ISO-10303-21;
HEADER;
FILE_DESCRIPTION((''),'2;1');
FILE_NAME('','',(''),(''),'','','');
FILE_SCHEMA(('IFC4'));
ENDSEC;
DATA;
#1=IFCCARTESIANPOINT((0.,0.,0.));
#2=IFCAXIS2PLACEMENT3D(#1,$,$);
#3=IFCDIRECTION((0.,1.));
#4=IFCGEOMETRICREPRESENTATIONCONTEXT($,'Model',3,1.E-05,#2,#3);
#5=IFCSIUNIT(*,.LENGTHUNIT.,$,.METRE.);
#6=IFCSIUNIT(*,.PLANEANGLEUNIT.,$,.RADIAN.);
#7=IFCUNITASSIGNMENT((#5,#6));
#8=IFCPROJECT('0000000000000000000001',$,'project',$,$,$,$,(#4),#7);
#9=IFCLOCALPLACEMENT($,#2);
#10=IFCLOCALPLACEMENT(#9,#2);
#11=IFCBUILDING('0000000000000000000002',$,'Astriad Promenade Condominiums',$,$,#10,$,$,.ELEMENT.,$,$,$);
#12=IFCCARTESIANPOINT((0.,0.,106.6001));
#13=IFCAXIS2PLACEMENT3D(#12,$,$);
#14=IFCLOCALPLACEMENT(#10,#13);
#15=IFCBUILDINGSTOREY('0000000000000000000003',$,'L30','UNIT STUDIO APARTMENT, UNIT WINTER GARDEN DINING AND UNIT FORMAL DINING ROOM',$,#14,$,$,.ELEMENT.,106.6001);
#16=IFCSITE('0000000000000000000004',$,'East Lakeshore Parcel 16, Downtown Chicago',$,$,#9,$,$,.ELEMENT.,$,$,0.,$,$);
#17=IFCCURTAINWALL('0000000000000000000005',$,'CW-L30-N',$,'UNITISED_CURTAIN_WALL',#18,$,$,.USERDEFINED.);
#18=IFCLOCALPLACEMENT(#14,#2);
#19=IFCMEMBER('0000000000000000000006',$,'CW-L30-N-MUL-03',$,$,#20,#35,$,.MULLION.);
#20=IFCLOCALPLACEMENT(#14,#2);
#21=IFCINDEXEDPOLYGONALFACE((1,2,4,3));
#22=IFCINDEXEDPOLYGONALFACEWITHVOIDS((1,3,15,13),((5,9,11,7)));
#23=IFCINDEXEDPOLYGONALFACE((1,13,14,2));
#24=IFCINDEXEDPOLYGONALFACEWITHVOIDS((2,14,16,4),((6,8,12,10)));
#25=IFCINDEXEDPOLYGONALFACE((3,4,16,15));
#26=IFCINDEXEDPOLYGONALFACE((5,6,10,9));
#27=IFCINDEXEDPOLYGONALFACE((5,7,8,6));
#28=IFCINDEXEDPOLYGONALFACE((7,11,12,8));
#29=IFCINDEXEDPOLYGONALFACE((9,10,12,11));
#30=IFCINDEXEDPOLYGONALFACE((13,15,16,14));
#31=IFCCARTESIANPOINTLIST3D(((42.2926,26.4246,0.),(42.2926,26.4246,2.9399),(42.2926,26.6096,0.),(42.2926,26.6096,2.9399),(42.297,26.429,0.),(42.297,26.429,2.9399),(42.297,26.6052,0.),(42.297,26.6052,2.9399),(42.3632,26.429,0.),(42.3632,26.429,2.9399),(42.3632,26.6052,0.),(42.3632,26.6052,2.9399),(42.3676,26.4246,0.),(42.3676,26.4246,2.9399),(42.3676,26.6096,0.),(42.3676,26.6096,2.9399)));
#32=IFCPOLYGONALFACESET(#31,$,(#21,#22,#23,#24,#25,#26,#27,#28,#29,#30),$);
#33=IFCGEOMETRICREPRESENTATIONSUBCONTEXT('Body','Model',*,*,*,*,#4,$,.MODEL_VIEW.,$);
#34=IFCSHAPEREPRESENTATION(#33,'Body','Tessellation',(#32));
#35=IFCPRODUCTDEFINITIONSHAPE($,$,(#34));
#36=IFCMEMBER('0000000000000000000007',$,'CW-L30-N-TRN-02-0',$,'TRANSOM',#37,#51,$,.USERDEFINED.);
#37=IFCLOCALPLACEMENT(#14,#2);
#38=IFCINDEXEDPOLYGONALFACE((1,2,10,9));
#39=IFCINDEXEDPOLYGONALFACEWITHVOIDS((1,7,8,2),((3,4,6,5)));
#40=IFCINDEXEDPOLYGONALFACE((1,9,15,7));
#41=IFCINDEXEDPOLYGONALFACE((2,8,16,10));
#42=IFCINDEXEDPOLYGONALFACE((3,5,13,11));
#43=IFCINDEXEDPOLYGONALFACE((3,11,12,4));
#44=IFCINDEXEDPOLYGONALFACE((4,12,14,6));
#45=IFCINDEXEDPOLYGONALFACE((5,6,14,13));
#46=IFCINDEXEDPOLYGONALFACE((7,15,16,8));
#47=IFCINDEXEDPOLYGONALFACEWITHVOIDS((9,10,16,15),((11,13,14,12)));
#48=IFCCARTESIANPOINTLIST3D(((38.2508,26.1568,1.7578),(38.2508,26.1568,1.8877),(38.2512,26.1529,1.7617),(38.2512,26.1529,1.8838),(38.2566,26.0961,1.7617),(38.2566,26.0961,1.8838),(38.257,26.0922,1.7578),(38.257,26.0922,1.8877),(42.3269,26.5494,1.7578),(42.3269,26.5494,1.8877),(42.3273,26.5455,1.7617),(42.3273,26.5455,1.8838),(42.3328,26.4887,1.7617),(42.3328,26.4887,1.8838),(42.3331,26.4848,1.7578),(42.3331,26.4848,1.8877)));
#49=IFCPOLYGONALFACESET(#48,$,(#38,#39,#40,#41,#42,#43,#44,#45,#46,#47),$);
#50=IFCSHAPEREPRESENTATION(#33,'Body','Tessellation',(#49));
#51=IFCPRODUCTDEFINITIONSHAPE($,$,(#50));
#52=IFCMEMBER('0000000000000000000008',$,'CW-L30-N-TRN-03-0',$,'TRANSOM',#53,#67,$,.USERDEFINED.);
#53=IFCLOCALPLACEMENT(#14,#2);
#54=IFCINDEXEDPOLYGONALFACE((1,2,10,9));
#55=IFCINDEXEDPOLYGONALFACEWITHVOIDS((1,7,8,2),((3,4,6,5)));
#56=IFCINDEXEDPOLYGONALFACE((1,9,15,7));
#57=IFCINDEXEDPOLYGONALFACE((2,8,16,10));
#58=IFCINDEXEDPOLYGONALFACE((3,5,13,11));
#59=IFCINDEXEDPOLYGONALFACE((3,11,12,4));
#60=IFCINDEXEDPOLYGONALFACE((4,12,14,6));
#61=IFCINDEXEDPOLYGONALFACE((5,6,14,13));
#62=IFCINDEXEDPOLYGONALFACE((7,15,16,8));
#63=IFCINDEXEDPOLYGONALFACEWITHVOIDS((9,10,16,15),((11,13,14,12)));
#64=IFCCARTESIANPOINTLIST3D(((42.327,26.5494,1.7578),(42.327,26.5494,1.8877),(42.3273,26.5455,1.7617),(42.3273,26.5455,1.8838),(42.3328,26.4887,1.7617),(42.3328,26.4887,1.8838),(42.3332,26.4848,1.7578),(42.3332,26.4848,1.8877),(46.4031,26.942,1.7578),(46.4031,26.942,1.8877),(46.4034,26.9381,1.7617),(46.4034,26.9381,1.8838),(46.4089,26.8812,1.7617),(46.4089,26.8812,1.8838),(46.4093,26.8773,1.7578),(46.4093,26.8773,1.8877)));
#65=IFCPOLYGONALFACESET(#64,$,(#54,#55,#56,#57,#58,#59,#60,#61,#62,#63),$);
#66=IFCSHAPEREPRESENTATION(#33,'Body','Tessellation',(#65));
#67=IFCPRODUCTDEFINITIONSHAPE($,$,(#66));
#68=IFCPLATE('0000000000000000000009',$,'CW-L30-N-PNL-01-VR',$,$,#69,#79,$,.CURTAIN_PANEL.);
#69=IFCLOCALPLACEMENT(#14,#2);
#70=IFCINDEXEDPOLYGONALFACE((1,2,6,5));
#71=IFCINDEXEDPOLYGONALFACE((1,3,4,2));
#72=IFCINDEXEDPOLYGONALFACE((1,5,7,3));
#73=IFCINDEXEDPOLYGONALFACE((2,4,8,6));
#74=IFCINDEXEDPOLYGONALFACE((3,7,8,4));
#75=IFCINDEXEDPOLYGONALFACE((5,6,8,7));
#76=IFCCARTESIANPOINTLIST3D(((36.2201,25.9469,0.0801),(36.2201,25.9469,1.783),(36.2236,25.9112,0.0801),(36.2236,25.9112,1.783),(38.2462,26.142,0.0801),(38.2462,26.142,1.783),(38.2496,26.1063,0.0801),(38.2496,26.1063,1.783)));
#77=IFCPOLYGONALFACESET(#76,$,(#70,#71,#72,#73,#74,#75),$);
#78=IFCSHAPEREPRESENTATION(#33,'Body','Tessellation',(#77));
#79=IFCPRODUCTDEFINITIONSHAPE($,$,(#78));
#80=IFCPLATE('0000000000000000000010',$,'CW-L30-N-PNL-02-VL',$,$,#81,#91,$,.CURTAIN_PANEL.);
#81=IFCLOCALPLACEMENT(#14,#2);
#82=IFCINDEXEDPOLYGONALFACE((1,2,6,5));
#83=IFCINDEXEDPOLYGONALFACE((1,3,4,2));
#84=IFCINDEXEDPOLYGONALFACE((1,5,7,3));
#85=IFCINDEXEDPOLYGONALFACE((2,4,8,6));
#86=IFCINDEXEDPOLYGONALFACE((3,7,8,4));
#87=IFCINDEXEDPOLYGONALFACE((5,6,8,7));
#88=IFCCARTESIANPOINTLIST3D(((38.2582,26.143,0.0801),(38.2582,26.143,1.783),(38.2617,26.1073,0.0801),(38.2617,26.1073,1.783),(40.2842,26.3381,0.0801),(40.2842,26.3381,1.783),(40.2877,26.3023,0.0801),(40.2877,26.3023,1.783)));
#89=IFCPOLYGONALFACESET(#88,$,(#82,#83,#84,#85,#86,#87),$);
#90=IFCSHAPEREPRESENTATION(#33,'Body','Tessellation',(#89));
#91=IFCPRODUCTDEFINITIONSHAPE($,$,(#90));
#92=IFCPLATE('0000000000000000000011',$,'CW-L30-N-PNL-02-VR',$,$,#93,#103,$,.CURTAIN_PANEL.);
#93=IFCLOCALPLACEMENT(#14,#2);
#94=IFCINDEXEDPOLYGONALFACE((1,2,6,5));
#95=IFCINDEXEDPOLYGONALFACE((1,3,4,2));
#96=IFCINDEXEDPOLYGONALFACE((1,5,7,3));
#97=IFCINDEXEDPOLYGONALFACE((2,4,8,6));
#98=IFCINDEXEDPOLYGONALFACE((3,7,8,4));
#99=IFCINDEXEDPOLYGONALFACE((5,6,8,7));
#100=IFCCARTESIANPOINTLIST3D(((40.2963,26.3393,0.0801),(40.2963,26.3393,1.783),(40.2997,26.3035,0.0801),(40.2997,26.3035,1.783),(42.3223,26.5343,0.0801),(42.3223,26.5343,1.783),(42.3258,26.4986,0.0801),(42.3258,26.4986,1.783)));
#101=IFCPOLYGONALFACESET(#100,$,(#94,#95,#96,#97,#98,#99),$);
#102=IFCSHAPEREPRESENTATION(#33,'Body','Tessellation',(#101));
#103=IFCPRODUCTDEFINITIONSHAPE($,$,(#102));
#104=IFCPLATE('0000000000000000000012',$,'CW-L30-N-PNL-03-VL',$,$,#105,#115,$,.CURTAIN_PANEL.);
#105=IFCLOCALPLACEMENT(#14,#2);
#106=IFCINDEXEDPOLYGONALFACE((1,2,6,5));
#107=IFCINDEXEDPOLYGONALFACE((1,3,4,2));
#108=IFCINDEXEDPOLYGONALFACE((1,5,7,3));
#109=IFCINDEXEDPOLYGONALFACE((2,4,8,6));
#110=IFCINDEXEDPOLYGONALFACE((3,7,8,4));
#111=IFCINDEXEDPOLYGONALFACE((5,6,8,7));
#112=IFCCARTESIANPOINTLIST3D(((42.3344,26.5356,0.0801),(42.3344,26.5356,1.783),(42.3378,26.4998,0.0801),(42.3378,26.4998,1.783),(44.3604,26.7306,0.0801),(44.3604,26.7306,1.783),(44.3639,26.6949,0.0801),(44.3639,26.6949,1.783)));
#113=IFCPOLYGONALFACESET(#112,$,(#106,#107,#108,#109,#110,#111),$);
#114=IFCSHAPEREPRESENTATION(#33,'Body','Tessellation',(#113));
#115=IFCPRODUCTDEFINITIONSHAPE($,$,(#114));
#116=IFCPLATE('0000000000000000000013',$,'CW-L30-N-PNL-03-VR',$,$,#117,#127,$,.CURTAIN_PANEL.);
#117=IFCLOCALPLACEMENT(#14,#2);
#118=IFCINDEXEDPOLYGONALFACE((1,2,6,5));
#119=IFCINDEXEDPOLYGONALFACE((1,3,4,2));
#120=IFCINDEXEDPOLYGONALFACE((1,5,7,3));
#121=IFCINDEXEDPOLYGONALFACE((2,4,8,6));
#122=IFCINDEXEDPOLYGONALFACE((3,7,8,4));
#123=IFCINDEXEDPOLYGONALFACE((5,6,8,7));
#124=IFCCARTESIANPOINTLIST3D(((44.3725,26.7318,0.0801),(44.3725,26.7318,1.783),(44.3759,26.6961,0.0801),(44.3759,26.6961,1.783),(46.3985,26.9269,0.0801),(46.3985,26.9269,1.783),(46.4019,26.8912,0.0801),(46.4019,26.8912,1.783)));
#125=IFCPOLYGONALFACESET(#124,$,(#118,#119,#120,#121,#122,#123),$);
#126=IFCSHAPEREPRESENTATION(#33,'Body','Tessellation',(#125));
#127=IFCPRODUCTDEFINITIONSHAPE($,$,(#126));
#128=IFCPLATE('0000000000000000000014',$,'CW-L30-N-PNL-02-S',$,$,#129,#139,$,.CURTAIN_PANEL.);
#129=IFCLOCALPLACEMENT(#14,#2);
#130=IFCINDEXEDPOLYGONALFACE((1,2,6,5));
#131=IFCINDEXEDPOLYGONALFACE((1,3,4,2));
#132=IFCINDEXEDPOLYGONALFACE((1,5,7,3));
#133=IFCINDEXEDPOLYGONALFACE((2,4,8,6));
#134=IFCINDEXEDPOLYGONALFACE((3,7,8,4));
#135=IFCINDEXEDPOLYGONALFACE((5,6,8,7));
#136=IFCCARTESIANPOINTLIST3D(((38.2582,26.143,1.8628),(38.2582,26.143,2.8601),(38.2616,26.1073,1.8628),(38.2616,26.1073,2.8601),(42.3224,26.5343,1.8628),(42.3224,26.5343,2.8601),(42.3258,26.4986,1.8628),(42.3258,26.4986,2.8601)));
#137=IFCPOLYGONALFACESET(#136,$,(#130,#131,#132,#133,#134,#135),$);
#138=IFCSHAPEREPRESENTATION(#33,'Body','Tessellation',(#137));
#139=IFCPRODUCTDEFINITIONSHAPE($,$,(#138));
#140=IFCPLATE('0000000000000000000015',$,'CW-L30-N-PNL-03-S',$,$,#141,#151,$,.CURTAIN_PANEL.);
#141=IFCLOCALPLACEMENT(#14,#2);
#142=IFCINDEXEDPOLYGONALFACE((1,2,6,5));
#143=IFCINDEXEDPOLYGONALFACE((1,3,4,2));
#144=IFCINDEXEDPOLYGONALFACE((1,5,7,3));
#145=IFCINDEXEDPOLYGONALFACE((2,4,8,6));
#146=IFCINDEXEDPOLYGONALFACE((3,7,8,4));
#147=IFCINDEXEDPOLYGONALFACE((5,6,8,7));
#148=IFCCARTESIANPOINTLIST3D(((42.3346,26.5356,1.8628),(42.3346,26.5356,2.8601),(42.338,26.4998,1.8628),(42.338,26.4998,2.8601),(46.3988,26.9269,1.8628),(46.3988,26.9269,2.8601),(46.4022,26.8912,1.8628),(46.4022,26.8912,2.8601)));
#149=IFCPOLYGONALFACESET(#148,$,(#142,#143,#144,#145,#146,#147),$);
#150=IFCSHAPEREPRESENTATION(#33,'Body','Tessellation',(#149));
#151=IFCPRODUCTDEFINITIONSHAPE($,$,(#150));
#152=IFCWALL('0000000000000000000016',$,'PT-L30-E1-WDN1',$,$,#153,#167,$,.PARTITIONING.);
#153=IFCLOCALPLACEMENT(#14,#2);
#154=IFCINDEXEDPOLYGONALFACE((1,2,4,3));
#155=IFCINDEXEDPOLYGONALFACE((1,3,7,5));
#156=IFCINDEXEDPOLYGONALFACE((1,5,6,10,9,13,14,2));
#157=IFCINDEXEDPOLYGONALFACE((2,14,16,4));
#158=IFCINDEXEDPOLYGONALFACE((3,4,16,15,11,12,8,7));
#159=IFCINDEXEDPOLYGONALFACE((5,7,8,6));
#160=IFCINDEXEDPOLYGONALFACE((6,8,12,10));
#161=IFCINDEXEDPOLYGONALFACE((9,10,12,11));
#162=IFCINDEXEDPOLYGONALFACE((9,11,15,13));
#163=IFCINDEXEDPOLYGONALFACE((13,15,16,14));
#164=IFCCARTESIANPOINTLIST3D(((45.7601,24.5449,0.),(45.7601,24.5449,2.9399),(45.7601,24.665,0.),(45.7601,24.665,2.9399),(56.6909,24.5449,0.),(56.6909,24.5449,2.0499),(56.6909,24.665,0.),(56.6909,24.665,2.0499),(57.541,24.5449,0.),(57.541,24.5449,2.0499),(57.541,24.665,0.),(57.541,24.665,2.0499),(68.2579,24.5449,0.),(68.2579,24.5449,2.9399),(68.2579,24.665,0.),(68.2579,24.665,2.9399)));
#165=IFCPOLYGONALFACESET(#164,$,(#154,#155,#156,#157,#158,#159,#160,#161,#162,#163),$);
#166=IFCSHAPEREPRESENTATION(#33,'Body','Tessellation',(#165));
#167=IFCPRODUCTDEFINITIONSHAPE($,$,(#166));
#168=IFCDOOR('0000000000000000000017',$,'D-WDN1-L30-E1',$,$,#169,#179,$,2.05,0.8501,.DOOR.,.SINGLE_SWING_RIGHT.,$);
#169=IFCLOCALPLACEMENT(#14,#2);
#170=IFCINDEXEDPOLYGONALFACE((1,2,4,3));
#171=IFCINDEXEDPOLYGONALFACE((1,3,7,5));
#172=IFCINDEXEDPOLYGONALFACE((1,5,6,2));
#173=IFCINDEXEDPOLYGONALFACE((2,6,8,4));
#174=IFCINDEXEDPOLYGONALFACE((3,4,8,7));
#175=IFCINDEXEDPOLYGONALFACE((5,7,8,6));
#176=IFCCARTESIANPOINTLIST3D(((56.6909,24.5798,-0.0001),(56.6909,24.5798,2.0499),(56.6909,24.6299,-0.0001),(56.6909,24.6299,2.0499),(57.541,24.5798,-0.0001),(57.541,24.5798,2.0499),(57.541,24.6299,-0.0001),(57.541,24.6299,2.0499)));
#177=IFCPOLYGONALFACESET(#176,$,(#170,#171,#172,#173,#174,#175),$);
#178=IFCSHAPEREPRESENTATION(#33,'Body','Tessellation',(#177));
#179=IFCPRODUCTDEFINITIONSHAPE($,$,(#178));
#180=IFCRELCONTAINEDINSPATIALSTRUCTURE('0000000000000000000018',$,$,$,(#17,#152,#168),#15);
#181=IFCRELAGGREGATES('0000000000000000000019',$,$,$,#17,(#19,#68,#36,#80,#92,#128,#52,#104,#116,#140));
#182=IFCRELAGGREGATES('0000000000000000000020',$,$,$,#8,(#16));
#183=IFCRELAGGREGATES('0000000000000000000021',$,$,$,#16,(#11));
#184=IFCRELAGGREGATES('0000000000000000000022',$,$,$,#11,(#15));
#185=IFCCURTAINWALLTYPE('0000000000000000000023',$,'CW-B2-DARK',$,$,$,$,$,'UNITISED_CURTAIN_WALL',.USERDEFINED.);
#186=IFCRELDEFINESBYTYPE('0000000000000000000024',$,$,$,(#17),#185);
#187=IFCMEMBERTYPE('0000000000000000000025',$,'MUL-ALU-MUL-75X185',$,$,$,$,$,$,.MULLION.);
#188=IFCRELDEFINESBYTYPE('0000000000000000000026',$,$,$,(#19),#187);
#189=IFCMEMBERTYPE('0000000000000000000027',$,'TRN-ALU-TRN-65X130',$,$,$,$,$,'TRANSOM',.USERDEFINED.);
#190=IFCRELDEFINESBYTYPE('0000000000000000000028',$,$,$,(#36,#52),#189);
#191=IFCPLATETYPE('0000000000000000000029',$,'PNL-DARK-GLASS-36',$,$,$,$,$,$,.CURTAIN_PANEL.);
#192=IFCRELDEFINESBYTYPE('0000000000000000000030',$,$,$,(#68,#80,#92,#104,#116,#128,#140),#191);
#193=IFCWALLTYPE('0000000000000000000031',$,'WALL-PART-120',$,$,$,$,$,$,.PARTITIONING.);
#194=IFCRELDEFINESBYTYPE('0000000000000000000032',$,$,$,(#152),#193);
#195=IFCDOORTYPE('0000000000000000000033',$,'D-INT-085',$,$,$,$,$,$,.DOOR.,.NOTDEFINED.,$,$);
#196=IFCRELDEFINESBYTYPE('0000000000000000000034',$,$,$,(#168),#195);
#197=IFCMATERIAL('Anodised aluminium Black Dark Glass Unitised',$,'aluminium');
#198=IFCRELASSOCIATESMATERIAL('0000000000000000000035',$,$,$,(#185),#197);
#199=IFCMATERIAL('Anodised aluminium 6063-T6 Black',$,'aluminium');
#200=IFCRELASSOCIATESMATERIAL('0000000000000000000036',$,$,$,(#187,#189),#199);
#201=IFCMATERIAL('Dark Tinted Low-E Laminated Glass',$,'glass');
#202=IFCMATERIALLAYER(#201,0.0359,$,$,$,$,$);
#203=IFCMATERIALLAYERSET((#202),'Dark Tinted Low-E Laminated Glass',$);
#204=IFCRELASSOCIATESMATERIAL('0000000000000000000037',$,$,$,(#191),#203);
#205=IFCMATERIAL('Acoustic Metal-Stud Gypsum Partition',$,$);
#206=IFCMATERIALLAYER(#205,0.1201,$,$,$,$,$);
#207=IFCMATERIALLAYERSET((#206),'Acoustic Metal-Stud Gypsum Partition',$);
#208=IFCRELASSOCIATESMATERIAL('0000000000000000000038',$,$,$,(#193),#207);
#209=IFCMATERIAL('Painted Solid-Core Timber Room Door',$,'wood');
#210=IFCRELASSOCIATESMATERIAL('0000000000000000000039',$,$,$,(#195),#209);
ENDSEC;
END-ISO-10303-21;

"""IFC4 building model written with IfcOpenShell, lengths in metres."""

from ifc_helpers import new_model, si_unit, direction, frame, frame_2d, origin, origin_2d, place, context, subcontext, project, spatial, rectangle, hollow_rectangle, extrude, source, transform, mapped, material, layer, layer_set, material_profile, profile_set, type_object, type_shapes, element, fill, aggregate, save


model = new_model("IFC4")

# Units and contexts
model_context = context("Model", 3, precision=1e-05, world=origin(), true_north=direction((0.0, 1.0)))
body_context = subcontext(model_context, "Body", "Model", "MODEL_VIEW")
ifc_project = project(units=[si_unit("LENGTHUNIT", "METRE"), si_unit("PLANEANGLEUNIT", "RADIAN")], contexts=[model_context])

# Site, building, storey
site_placement = place(None, origin())
site = spatial("IfcSite", under=ifc_project, at=site_placement, Name="East Lakeshore Parcel 16, Downtown Chicago", CompositionType="ELEMENT", RefElevation=0.0)
building_placement = place(site_placement, origin())
building = spatial("IfcBuilding", under=site, at=building_placement, Name="Astriad Promenade Condominiums", CompositionType="ELEMENT")
storey_placement = place(building_placement, frame((0.0, 0.0, 106.6001)))
storey = spatial("IfcBuildingStorey", under=building, at=storey_placement, Name="L30", Description="UNIT STUDIO APARTMENT, UNIT WINTER GARDEN DINING AND UNIT FORMAL DINING ROOM", CompositionType="ELEMENT", Elevation=106.6001)

# Curtain wall, members, plates
ifc_material_1 = material(Name="Anodised aluminium Black Dark Glass Unitised", Category="aluminium")
curtain_wall_type = type_object("IfcCurtainWallType", Name="CW-B2-DARK", ElementType="UNITISED_CURTAIN_WALL", PredefinedType="USERDEFINED", material=ifc_material_1)
curtain_wall_placement = place(storey_placement, origin())
curtain_wall = element("IfcCurtainWall", 1, at=curtain_wall_placement, inside=storey, type_object=curtain_wall_type, Name="CW-L30-N", ObjectType="UNITISED_CURTAIN_WALL", PredefinedType="USERDEFINED")
ifc_material_2 = material(Name="Anodised aluminium 6063-T6 Black", Category="aluminium")
ifc_material_profile_1 = material_profile(ifc_material_2, hollow_rectangle(XDim=0.075, YDim=0.1851, WallThickness=0.0044, at=origin_2d()), Name="ALU-MUL-75X185")
ifc_profile_set_1 = profile_set([ifc_material_profile_1], Name="Anodised aluminium 6063-T6 Black")
member_type_1 = type_object("IfcMemberType", Name="MUL-ALU-MUL-75X185", PredefinedType="MULLION", material=ifc_profile_set_1)
shared_shape_1 = source(origin(), body_context, "Body", "SweptSolid", [
    extrude(hollow_rectangle(XDim=0.075, YDim=0.1851, WallThickness=0.0044, at=origin_2d()), origin(), (0.0, 0.0, 1.0), 2.9399),
])
type_shapes(member_type_1, [shared_shape_1])
member_1_placement = place(storey_placement, frame((42.3301, 26.5171, 0.0), z_axis=(0.0, 0.0, 1.0), x_axis=(1.0, 0.0, 0.0)))
member_1 = element("IfcMember", 2, at=member_1_placement, type_object=member_type_1, Name="CW-L30-N-MUL-03", PredefinedType="MULLION", context=body_context, shape_type="MappedRepresentation", body=[
    mapped(shared_shape_1, transform((0.0, 0.0, 0.0), scale=1.0)),
])
ifc_material_profile_2 = material_profile(ifc_material_2, hollow_rectangle(XDim=0.0649, YDim=0.1299, WallThickness=0.0039, at=origin_2d()), Name="ALU-TRN-65X130")
ifc_profile_set_2 = profile_set([ifc_material_profile_2], Name="Anodised aluminium 6063-T6 Black")
member_type_2 = type_object("IfcMemberType", Name="TRN-ALU-TRN-65X130", ElementType="TRANSOM", PredefinedType="USERDEFINED", material=ifc_profile_set_2)
shared_shape_2 = source(origin(), body_context, "Body", "SweptSolid", [
    extrude(hollow_rectangle(XDim=0.0649, YDim=0.1299, WallThickness=0.0039, at=origin_2d()), origin(), (0.0, 0.0, 1.0), 4.095),
])
type_shapes(member_type_2, [shared_shape_2])
member_2_placement = place(storey_placement, frame((38.2539, 26.1245, 1.8228), z_axis=(0.995394, 0.095867, 0.0), x_axis=(-0.095867, 0.995394, 0.0)))
member_2 = element("IfcMember", 3, at=member_2_placement, type_object=member_type_2, Name="CW-L30-N-TRN-02-0", ObjectType="TRANSOM", PredefinedType="USERDEFINED", context=body_context, shape_type="MappedRepresentation", body=[
    mapped(shared_shape_2, transform((0.0, 0.0, 0.0), scale=1.0)),
])
member_3_placement = place(storey_placement, frame((42.3301, 26.5171, 1.8228), z_axis=(0.995394, 0.095867, 0.0), x_axis=(-0.095867, 0.995394, 0.0)))
member_3 = element("IfcMember", 4, at=member_3_placement, type_object=member_type_2, Name="CW-L30-N-TRN-03-0", ObjectType="TRANSOM", PredefinedType="USERDEFINED", context=body_context, shape_type="MappedRepresentation", body=[
    mapped(shared_shape_2, transform((0.0, 0.0, 0.0), scale=1.0)),
])
ifc_material_3 = material(Name="Dark Tinted Low-E Laminated Glass", Category="glass")
ifc_layer_1 = layer(ifc_material_3, 0.0359)
ifc_layer_set_1 = layer_set([ifc_layer_1], Name="Dark Tinted Low-E Laminated Glass")
plate_type = type_object("IfcPlateType", Name="PNL-DARK-GLASS-36", PredefinedType="CURTAIN_PANEL", material=ifc_layer_set_1)
shared_shape_3 = source(origin(), body_context, "Body", "SweptSolid", [
    extrude(rectangle(XDim=2.0354, YDim=0.0359, at=origin_2d()), origin(), (0.0, 0.0, 1.0), 1.7029),
])
plate_1_placement = place(storey_placement, frame((37.2349, 26.0266, 0.0801), z_axis=(0.0, 0.0, 1.0), x_axis=(0.995396, 0.095846, 0.0)))
plate_1 = element("IfcPlate", 5, at=plate_1_placement, type_object=plate_type, Name="CW-L30-N-PNL-01-VR", PredefinedType="CURTAIN_PANEL", context=body_context, shape_type="MappedRepresentation", body=[
    mapped(shared_shape_3, transform((0.0, 0.0, 0.0), scale=1.0)),
])
plate_2_placement = place(storey_placement, frame((39.2729, 26.2227, 0.0801), z_axis=(0.0, 0.0, 1.0), x_axis=(0.995396, 0.095846, 0.0)))
plate_2 = element("IfcPlate", 6, at=plate_2_placement, type_object=plate_type, Name="CW-L30-N-PNL-02-VL", PredefinedType="CURTAIN_PANEL", context=body_context, shape_type="MappedRepresentation", body=[
    mapped(shared_shape_3, transform((0.0, 0.0, 0.0), scale=1.0)),
])
plate_3_placement = place(storey_placement, frame((41.311, 26.4189, 0.0801), z_axis=(0.0, 0.0, 1.0), x_axis=(0.995396, 0.095846, 0.0)))
plate_3 = element("IfcPlate", 7, at=plate_3_placement, type_object=plate_type, Name="CW-L30-N-PNL-02-VR", PredefinedType="CURTAIN_PANEL", context=body_context, shape_type="MappedRepresentation", body=[
    mapped(shared_shape_3, transform((0.0, 0.0, 0.0), scale=1.0)),
])
plate_4_placement = place(storey_placement, frame((43.3491, 26.6152, 0.0801), z_axis=(0.0, 0.0, 1.0), x_axis=(0.995396, 0.095846, 0.0)))
plate_4 = element("IfcPlate", 8, at=plate_4_placement, type_object=plate_type, Name="CW-L30-N-PNL-03-VL", PredefinedType="CURTAIN_PANEL", context=body_context, shape_type="MappedRepresentation", body=[
    mapped(shared_shape_3, transform((0.0, 0.0, 0.0), scale=1.0)),
])
plate_5_placement = place(storey_placement, frame((45.3872, 26.8115, 0.0801), z_axis=(0.0, 0.0, 1.0), x_axis=(0.995396, 0.095846, 0.0)))
plate_5 = element("IfcPlate", 9, at=plate_5_placement, type_object=plate_type, Name="CW-L30-N-PNL-03-VR", PredefinedType="CURTAIN_PANEL", context=body_context, shape_type="MappedRepresentation", body=[
    mapped(shared_shape_3, transform((0.0, 0.0, 0.0), scale=1.0)),
])
shared_shape_4 = source(origin(), body_context, "Body", "SweptSolid", [
    extrude(rectangle(XDim=4.083, YDim=0.0359, at=origin_2d()), origin(), (0.0, 0.0, 1.0), 0.9973),
])
type_shapes(plate_type, [shared_shape_3, shared_shape_4])
plate_6_placement = place(storey_placement, frame((40.292, 26.3208, 1.8628), z_axis=(0.0, 0.0, 1.0), x_axis=(0.995396, 0.095846, 0.0)))
plate_6 = element("IfcPlate", 10, at=plate_6_placement, type_object=plate_type, Name="CW-L30-N-PNL-02-S", PredefinedType="CURTAIN_PANEL", context=body_context, shape_type="MappedRepresentation", body=[
    mapped(shared_shape_4, transform((0.0, 0.0, 0.0), scale=1.0)),
])
plate_7_placement = place(storey_placement, frame((44.3684, 26.7134, 1.8628), z_axis=(0.0, 0.0, 1.0), x_axis=(0.995396, 0.095846, 0.0)))
plate_7 = element("IfcPlate", 11, at=plate_7_placement, type_object=plate_type, Name="CW-L30-N-PNL-03-S", PredefinedType="CURTAIN_PANEL", context=body_context, shape_type="MappedRepresentation", body=[
    mapped(shared_shape_4, transform((0.0, 0.0, 0.0), scale=1.0)),
])
aggregate(curtain_wall, [member_1, plate_1, member_2, plate_2, plate_3, plate_6, member_3, plate_4, plate_5, plate_7])

# Wall, opening, door
ifc_material_4 = material(Name="Acoustic Metal-Stud Gypsum Partition")
ifc_layer_2 = layer(ifc_material_4, 0.1201)
ifc_layer_set_2 = layer_set([ifc_layer_2], Name="Acoustic Metal-Stud Gypsum Partition")
wall_type = type_object("IfcWallType", Name="WALL-PART-120", PredefinedType="PARTITIONING", material=ifc_layer_set_2)
wall_placement = place(storey_placement, frame((45.76, 24.605, 0.0), z_axis=(0.0, 0.0, 1.0), x_axis=(1.0, 0.0, 0.0)))
wall = element("IfcWall", 12, at=wall_placement, inside=storey, type_object=wall_type, Name="PT-L30-E1-WDN1", PredefinedType="PARTITIONING", context=body_context, shape_type="SweptSolid", body=[
    extrude(rectangle(XDim=22.4978, YDim=0.1201, at=frame_2d((11.249, 0.0))), origin(), (0.0, 0.0, 1.0), 2.9399),
])
opening_placement = place(wall_placement, frame((10.9309, 0.0, 0.0)))
opening = element("IfcOpeningElement", 13, at=opening_placement, cuts=wall, PredefinedType="OPENING", context=body_context, shape_type="SweptSolid", body=[
    extrude(rectangle(XDim=0.8501, YDim=2.05, at=frame_2d((0.425, 1.0249))), frame((0.0, 0.0701, 0.0), z_axis=(0.0, -1.0, 0.0), x_axis=(1.0, 0.0, 0.0)), (0.0, 0.0, 1.0), 0.1401),
])
ifc_material_5 = material(Name="Painted Solid-Core Timber Room Door", Category="wood")
door_type = type_object("IfcDoorType", Name="D-INT-085", OperationType="NOTDEFINED", PredefinedType="DOOR", material=ifc_material_5)
shared_shape_5 = source(origin(), body_context, "Body", "SweptSolid", [
    extrude(rectangle(XDim=0.8501, YDim=2.05, at=frame_2d((0.425, 1.0249))), frame((0.0, 0.0249, 0.0), z_axis=(0.0, -1.0, 0.0), x_axis=(1.0, 0.0, 0.0)), (0.0, 0.0, 1.0), 0.05),
])
type_shapes(door_type, [shared_shape_5])
door_placement = place(opening_placement, origin())
door = element("IfcDoor", 14, at=door_placement, inside=storey, type_object=door_type, Name="D-WDN1-L30-E1", OperationType="SINGLE_SWING_RIGHT", OverallHeight=2.05, OverallWidth=0.8501, PredefinedType="DOOR", context=body_context, shape_type="MappedRepresentation", body=[
    mapped(shared_shape_5, transform((0.0, 0.0, 0.0), scale=1.0)),
])
fill(opening, door)

save(model, "model.ifc")
